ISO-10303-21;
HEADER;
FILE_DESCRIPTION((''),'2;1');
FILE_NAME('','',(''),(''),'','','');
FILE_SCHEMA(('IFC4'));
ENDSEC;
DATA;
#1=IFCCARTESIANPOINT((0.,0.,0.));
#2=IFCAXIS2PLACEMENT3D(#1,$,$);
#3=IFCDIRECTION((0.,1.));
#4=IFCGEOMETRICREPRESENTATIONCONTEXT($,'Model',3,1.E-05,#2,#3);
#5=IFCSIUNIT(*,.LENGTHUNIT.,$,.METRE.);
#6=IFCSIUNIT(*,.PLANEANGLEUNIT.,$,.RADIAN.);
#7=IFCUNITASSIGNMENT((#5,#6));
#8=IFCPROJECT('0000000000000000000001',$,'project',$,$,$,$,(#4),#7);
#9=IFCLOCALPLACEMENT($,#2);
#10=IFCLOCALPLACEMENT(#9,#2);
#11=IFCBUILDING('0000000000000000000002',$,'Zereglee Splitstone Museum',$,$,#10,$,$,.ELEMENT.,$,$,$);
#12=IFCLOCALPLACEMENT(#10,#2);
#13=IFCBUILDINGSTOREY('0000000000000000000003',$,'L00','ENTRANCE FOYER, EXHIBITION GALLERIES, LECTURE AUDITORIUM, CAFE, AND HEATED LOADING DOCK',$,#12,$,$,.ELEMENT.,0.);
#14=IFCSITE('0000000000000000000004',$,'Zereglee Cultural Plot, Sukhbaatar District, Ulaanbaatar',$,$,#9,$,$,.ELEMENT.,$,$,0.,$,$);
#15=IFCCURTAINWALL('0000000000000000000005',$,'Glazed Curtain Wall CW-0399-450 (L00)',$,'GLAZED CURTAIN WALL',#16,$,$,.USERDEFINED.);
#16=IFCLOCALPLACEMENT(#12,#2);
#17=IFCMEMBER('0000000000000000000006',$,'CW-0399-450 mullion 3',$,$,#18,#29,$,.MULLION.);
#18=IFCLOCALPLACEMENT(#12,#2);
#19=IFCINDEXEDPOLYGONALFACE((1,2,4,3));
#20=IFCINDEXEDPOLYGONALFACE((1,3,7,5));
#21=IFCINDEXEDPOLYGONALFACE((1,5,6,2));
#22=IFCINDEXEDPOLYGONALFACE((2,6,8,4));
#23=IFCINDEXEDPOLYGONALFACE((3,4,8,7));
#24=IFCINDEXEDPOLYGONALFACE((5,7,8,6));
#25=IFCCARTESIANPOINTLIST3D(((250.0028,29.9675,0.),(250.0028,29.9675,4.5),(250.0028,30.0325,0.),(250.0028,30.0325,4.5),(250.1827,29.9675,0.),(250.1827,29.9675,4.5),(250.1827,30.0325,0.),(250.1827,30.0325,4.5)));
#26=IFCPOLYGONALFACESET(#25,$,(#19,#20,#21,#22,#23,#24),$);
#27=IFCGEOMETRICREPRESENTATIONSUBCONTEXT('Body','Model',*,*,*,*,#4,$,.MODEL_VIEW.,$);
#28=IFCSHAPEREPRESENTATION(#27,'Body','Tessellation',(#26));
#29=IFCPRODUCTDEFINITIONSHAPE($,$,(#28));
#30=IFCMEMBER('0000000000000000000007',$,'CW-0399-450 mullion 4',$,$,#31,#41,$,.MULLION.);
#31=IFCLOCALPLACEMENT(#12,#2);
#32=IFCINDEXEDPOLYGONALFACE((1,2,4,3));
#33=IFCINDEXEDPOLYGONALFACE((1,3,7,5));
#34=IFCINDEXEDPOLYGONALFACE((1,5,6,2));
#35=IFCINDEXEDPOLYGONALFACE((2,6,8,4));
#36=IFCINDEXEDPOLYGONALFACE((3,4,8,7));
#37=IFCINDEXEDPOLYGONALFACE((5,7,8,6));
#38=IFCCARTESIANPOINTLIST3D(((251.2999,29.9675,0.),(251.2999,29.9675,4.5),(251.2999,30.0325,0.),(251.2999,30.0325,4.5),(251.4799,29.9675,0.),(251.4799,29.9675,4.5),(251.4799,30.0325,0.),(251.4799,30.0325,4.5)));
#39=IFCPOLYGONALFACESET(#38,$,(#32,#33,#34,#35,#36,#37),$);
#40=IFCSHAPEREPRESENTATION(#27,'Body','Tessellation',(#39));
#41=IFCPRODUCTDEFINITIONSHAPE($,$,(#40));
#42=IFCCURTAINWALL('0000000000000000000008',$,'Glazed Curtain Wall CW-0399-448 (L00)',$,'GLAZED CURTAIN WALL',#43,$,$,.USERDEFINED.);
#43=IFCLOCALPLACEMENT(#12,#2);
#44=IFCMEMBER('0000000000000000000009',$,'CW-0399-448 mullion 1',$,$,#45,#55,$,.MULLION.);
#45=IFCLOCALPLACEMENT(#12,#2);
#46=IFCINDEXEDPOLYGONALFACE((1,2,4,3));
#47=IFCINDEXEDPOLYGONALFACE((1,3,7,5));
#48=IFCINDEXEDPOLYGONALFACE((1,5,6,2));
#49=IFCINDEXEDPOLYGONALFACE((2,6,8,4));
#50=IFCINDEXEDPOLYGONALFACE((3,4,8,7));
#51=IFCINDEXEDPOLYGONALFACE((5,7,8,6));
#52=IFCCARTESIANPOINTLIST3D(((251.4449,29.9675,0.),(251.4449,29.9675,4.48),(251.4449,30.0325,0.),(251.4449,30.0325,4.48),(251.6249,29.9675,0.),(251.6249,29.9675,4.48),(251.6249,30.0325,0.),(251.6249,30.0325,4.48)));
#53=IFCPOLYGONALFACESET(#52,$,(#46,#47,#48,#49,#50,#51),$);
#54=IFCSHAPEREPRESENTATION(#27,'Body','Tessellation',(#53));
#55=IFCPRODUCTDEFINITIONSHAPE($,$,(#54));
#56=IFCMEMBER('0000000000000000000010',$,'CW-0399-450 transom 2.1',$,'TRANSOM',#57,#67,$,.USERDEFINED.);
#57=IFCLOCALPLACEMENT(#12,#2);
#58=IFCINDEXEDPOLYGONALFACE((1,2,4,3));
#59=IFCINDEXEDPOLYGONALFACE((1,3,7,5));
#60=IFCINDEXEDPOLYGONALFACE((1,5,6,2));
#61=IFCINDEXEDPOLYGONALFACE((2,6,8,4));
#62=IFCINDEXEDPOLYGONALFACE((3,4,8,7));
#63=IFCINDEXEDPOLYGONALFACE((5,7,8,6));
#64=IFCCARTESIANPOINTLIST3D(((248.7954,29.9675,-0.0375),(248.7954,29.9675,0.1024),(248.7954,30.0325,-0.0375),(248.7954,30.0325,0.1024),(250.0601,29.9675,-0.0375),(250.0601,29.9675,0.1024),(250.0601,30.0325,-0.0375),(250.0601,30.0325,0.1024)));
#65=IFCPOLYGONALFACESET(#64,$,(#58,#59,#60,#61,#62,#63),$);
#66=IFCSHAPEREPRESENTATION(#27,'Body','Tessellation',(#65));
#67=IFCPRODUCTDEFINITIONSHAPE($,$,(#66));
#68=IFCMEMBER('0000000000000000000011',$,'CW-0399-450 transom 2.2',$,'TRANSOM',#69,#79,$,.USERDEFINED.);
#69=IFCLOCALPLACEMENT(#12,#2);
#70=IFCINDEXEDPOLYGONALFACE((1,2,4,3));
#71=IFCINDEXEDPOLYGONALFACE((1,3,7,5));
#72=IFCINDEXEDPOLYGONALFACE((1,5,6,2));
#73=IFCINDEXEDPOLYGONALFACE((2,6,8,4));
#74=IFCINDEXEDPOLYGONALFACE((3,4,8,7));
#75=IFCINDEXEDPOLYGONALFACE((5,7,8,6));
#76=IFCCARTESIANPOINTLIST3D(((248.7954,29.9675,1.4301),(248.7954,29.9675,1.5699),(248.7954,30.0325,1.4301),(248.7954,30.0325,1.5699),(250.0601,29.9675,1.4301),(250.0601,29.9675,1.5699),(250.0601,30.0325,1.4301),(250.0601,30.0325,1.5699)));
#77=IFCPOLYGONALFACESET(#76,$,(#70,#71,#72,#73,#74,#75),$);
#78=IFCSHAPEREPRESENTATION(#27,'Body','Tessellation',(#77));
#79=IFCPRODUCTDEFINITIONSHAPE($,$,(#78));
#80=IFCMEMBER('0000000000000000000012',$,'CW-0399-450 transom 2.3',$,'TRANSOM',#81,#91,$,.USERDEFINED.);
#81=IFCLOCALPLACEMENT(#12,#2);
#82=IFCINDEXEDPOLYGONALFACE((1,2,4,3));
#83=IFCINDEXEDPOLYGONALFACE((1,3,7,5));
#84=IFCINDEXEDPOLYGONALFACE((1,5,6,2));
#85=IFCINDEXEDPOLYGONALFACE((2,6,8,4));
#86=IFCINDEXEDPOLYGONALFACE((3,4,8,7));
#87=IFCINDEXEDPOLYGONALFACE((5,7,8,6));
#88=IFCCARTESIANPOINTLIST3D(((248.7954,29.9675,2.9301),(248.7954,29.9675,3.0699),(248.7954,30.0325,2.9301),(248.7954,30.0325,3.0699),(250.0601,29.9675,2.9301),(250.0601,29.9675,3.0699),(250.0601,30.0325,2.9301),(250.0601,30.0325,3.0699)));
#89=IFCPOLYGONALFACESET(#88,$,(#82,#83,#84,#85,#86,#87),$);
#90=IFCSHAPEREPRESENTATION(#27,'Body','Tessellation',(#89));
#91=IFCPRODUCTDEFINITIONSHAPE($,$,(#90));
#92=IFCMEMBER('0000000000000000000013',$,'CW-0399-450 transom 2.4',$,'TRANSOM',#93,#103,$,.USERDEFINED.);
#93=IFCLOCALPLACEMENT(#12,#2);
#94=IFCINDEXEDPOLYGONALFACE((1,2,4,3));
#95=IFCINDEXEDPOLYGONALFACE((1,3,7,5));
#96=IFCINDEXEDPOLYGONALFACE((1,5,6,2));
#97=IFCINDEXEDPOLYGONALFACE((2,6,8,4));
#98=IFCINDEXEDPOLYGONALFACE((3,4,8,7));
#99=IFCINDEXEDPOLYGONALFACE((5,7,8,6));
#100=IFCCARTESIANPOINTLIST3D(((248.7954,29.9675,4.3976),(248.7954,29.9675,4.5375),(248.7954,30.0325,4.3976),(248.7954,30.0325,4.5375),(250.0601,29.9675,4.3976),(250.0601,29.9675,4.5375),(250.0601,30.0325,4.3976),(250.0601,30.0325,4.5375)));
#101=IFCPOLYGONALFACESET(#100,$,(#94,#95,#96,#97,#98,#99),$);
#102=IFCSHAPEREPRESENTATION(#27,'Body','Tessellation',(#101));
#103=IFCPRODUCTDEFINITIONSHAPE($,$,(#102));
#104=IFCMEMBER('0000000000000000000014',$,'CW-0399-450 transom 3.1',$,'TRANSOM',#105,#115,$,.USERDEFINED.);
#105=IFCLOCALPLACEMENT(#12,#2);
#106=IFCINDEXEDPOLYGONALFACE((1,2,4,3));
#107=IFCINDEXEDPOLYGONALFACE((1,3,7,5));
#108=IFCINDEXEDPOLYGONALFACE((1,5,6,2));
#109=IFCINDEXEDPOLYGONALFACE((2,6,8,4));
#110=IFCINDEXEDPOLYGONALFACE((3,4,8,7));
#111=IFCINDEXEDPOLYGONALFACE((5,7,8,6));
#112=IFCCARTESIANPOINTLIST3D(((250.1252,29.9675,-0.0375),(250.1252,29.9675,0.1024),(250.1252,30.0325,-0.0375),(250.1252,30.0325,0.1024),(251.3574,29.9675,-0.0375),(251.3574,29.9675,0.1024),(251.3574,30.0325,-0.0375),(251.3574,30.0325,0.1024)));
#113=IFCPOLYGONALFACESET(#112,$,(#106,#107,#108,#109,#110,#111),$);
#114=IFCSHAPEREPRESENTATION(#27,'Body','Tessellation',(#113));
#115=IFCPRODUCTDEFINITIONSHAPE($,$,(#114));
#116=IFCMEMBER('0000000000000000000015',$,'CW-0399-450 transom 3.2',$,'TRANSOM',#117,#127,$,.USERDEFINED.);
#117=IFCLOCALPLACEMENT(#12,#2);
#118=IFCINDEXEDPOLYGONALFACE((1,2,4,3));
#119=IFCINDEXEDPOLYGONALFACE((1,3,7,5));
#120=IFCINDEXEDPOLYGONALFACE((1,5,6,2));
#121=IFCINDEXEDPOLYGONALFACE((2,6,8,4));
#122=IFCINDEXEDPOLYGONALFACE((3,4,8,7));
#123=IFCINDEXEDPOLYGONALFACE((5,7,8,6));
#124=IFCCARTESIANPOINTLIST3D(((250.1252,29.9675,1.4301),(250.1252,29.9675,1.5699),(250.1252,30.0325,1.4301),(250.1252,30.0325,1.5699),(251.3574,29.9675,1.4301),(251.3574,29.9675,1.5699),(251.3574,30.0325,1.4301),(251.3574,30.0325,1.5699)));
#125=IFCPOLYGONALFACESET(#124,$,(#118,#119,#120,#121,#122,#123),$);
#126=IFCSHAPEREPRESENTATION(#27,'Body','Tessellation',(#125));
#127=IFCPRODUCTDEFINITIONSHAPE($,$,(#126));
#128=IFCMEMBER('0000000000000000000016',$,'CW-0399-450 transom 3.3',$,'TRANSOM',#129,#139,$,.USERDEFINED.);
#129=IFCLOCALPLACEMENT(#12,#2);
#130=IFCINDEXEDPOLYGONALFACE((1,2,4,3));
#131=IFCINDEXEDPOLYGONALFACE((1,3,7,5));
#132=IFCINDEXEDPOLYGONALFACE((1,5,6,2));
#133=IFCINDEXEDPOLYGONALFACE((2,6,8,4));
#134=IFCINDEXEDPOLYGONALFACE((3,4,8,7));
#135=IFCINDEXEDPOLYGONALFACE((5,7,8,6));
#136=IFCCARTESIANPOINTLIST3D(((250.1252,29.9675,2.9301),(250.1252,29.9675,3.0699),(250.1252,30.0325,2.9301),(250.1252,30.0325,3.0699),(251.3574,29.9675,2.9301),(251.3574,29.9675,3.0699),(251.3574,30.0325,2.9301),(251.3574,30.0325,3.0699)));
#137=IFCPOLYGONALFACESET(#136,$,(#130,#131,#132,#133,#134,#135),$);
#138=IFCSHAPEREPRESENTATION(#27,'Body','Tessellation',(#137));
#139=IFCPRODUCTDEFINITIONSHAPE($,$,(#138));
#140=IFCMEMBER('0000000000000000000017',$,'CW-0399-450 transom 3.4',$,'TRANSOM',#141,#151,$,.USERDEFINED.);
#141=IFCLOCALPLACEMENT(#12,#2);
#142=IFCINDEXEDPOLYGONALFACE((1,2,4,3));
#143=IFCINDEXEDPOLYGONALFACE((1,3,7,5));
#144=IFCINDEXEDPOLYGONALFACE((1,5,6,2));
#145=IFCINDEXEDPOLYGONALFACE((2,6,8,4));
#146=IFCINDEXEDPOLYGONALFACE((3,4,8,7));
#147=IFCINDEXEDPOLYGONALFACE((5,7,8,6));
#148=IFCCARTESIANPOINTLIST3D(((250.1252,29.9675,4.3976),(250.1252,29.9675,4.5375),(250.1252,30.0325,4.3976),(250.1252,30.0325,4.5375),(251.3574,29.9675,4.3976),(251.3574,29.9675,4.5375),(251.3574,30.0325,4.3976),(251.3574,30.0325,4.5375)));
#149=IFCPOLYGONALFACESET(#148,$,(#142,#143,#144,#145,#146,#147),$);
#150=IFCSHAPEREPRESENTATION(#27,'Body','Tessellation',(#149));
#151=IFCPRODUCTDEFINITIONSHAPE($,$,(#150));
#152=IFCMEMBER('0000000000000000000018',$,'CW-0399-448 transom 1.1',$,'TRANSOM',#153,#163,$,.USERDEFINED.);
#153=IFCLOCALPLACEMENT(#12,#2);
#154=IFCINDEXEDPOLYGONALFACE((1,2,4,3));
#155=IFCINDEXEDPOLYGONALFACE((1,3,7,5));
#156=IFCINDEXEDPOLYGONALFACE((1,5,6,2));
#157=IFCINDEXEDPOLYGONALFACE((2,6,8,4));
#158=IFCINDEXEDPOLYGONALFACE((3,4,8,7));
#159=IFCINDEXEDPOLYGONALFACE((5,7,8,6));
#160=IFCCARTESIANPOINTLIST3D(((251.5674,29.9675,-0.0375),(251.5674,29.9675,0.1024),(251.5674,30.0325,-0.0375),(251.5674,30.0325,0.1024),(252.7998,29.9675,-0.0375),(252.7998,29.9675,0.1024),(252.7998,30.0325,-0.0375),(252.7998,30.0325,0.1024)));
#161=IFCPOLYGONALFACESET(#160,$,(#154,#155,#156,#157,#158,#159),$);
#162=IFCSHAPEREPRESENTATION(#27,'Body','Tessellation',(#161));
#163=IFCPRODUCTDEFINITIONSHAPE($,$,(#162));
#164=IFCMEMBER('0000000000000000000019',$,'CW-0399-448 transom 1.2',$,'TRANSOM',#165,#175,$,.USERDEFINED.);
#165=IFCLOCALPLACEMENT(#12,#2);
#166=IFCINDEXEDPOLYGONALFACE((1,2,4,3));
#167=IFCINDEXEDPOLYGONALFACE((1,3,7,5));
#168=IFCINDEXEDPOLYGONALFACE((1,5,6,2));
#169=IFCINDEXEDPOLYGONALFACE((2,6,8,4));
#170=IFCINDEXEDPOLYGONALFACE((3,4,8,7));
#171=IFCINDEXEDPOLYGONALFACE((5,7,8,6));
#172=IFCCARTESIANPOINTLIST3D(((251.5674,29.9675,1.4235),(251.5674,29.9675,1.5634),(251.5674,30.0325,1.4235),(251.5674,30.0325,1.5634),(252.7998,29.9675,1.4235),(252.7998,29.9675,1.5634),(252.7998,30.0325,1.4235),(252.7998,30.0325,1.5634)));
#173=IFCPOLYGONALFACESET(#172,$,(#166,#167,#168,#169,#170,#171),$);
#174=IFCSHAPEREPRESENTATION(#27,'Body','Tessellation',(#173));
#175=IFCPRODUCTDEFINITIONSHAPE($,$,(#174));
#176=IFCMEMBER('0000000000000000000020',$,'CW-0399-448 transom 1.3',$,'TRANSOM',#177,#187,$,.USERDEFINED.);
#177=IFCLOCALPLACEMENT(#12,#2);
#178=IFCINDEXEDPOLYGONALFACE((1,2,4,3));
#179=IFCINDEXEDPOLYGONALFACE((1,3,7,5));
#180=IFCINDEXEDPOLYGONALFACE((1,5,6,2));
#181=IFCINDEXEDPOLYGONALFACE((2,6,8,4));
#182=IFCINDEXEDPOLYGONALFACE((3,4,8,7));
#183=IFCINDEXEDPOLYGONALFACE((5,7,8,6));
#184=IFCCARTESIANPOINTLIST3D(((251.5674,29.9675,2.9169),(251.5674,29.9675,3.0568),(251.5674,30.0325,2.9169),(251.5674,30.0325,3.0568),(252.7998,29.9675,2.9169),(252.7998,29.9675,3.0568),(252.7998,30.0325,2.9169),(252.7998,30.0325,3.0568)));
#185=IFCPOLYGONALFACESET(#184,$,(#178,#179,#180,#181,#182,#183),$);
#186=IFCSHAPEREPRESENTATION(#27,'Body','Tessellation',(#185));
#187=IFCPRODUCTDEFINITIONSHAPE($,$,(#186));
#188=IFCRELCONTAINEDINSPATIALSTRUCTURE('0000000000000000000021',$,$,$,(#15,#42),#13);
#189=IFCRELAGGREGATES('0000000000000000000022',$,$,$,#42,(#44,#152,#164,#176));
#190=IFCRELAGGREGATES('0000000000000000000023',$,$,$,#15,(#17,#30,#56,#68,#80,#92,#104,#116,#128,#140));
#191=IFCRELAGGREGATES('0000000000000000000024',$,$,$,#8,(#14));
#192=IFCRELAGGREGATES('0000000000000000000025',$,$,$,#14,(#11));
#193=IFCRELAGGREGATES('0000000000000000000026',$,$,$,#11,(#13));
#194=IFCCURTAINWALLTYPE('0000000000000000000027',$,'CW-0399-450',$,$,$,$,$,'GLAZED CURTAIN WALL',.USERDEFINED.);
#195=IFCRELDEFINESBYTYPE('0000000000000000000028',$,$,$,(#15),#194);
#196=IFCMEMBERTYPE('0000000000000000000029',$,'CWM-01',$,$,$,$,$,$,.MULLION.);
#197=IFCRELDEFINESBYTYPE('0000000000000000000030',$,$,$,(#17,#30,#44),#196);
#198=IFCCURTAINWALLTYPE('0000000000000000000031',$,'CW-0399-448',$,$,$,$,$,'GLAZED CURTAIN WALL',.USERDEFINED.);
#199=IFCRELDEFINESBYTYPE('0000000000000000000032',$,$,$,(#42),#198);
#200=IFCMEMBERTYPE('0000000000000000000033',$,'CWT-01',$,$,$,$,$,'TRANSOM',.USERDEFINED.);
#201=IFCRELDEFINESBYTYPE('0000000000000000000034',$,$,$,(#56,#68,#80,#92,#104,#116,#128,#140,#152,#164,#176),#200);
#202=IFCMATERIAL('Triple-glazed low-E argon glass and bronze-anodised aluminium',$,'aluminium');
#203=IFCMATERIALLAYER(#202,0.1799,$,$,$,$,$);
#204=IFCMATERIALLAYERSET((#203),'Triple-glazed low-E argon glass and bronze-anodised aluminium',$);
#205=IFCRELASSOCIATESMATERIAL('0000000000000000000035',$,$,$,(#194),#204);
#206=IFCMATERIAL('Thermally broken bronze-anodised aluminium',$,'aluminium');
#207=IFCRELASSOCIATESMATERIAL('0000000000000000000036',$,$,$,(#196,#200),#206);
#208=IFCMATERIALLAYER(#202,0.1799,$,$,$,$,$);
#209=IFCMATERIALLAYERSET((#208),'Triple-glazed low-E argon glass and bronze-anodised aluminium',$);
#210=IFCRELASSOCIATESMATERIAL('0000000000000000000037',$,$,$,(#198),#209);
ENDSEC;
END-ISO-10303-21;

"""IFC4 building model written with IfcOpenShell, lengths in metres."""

from ifc_helpers import new_model, si_unit, direction, frame, origin, origin_2d, place, context, subcontext, project, spatial, rectangle, extrude, material, layer, layer_set, material_profile, profile_set, type_object, element, aggregate, save


model = new_model("IFC4")

# Units and contexts
model_context = context("Model", 3, precision=1e-05, world=origin(), true_north=direction((0.0, 1.0)))
body_context = subcontext(model_context, "Body", "Model", "MODEL_VIEW")
ifc_project = project(units=[si_unit("LENGTHUNIT", "METRE"), si_unit("PLANEANGLEUNIT", "RADIAN")], contexts=[model_context])

# Site, building, storey
site_placement = place(None, origin())
site = spatial("IfcSite", under=ifc_project, at=site_placement, Name="Zereglee Cultural Plot, Sukhbaatar District, Ulaanbaatar", CompositionType="ELEMENT", RefElevation=0.0)
building_placement = place(site_placement, origin())
building = spatial("IfcBuilding", under=site, at=building_placement, Name="Zereglee Splitstone Museum", CompositionType="ELEMENT")
storey_placement = place(building_placement, origin())
storey = spatial("IfcBuildingStorey", under=building, at=storey_placement, Name="L00", Description="ENTRANCE FOYER, EXHIBITION GALLERIES, LECTURE AUDITORIUM, CAFE, AND HEATED LOADING DOCK", CompositionType="ELEMENT", Elevation=0.0)

# Curtain wall, members
ifc_material_1 = material(Name="Triple-glazed low-E argon glass and bronze-anodised aluminium", Category="aluminium")
ifc_layer_1 = layer(ifc_material_1, 0.1799)
ifc_layer_set_1 = layer_set([ifc_layer_1], Name="Triple-glazed low-E argon glass and bronze-anodised aluminium")
curtain_wall_type_1 = type_object("IfcCurtainWallType", Name="CW-0399-450", ElementType="GLAZED CURTAIN WALL", PredefinedType="USERDEFINED", material=ifc_layer_set_1)
curtain_wall_1_placement = place(storey_placement, origin())
curtain_wall_1 = element("IfcCurtainWall", 1, at=curtain_wall_1_placement, inside=storey, type_object=curtain_wall_type_1, Name="Glazed Curtain Wall CW-0399-450 (L00)", ObjectType="GLAZED CURTAIN WALL", PredefinedType="USERDEFINED")
ifc_material_2 = material(Name="Thermally broken bronze-anodised aluminium", Category="aluminium")
ifc_material_profile_1 = material_profile(ifc_material_2, rectangle(XDim=0.0649, YDim=0.1799, at=origin_2d()), Name="CW MULL 65x180")
ifc_profile_set_1 = profile_set([ifc_material_profile_1], Name="Thermally broken bronze-anodised aluminium")
member_type_1 = type_object("IfcMemberType", Name="CWM-01", PredefinedType="MULLION", material=ifc_profile_set_1)
member_1_placement = place(storey_placement, frame((250.0928, 30.0, 0.0), z_axis=(0.0, 0.0, 1.0), x_axis=(0.0, 1.0, 0.0)))
member_1 = element("IfcMember", 2, at=member_1_placement, type_object=member_type_1, Name="CW-0399-450 mullion 3", PredefinedType="MULLION", context=body_context, shape_type="SweptSolid", body=[
    extrude(rectangle(XDim=0.0649, YDim=0.1799, at=origin_2d()), origin(), (0.0, 0.0, 1.0), 4.5),
])
member_2_placement = place(storey_placement, frame((251.3899, 30.0, 0.0), z_axis=(0.0, 0.0, 1.0), x_axis=(0.0, 1.0, 0.0)))
member_2 = element("IfcMember", 3, at=member_2_placement, type_object=member_type_1, Name="CW-0399-450 mullion 4", PredefinedType="MULLION", context=body_context, shape_type="SweptSolid", body=[
    extrude(rectangle(XDim=0.0649, YDim=0.1799, at=origin_2d()), origin(), (0.0, 0.0, 1.0), 4.5),
])

# Curtain wall, member
ifc_layer_2 = layer(ifc_material_1, 0.1799)
ifc_layer_set_2 = layer_set([ifc_layer_2], Name="Triple-glazed low-E argon glass and bronze-anodised aluminium")
curtain_wall_type_2 = type_object("IfcCurtainWallType", Name="CW-0399-448", ElementType="GLAZED CURTAIN WALL", PredefinedType="USERDEFINED", material=ifc_layer_set_2)
curtain_wall_2_placement = place(storey_placement, origin())
curtain_wall_2 = element("IfcCurtainWall", 4, at=curtain_wall_2_placement, inside=storey, type_object=curtain_wall_type_2, Name="Glazed Curtain Wall CW-0399-448 (L00)", ObjectType="GLAZED CURTAIN WALL", PredefinedType="USERDEFINED")
member_3_placement = place(storey_placement, frame((251.5349, 30.0, 0.0), z_axis=(0.0, 0.0, 1.0), x_axis=(0.0, 1.0, 0.0)))
member_3 = element("IfcMember", 5, at=member_3_placement, type_object=member_type_1, Name="CW-0399-448 mullion 1", PredefinedType="MULLION", context=body_context, shape_type="SweptSolid", body=[
    extrude(rectangle(XDim=0.0649, YDim=0.1799, at=origin_2d()), origin(), (0.0, 0.0, 1.0), 4.48),
])

# Members
ifc_material_profile_2 = material_profile(ifc_material_2, rectangle(XDim=0.0649, YDim=0.1399, at=origin_2d()), Name="CW TRAN 65x140")
ifc_profile_set_2 = profile_set([ifc_material_profile_2], Name="Thermally broken bronze-anodised aluminium")
member_type_2 = type_object("IfcMemberType", Name="CWT-01", ElementType="TRANSOM", PredefinedType="USERDEFINED", material=ifc_profile_set_2)
member_4_placement = place(storey_placement, frame((248.7954, 30.0, 0.0325), z_axis=(1.0, 0.0, 0.0), x_axis=(0.0, 1.0, 0.0)))
member_4 = element("IfcMember", 6, at=member_4_placement, type_object=member_type_2, Name="CW-0399-450 transom 2.1", ObjectType="TRANSOM", PredefinedType="USERDEFINED", context=body_context, shape_type="SweptSolid", body=[
    extrude(rectangle(XDim=0.0649, YDim=0.1399, at=origin_2d()), origin(), (0.0, 0.0, 1.0), 1.2646),
])
member_5_placement = place(storey_placement, frame((248.7954, 30.0, 1.5), z_axis=(1.0, 0.0, 0.0), x_axis=(0.0, 1.0, 0.0)))
member_5 = element("IfcMember", 7, at=member_5_placement, type_object=member_type_2, Name="CW-0399-450 transom 2.2", ObjectType="TRANSOM", PredefinedType="USERDEFINED", context=body_context, shape_type="SweptSolid", body=[
    extrude(rectangle(XDim=0.0649, YDim=0.1399, at=origin_2d()), origin(), (0.0, 0.0, 1.0), 1.2646),
])
member_6_placement = place(storey_placement, frame((248.7954, 30.0, 3.0), z_axis=(1.0, 0.0, 0.0), x_axis=(0.0, 1.0, 0.0)))
member_6 = element("IfcMember", 8, at=member_6_placement, type_object=member_type_2, Name="CW-0399-450 transom 2.3", ObjectType="TRANSOM", PredefinedType="USERDEFINED", context=body_context, shape_type="SweptSolid", body=[
    extrude(rectangle(XDim=0.0649, YDim=0.1399, at=origin_2d()), origin(), (0.0, 0.0, 1.0), 1.2646),
])
member_7_placement = place(storey_placement, frame((248.7954, 30.0, 4.4675), z_axis=(1.0, 0.0, 0.0), x_axis=(0.0, 1.0, 0.0)))
member_7 = element("IfcMember", 9, at=member_7_placement, type_object=member_type_2, Name="CW-0399-450 transom 2.4", ObjectType="TRANSOM", PredefinedType="USERDEFINED", context=body_context, shape_type="SweptSolid", body=[
    extrude(rectangle(XDim=0.0649, YDim=0.1399, at=origin_2d()), origin(), (0.0, 0.0, 1.0), 1.2646),
])
member_8_placement = place(storey_placement, frame((250.1252, 30.0, 0.0325), z_axis=(1.0, 0.0, 0.0), x_axis=(0.0, 1.0, 0.0)))
member_8 = element("IfcMember", 10, at=member_8_placement, type_object=member_type_2, Name="CW-0399-450 transom 3.1", ObjectType="TRANSOM", PredefinedType="USERDEFINED", context=body_context, shape_type="SweptSolid", body=[
    extrude(rectangle(XDim=0.0649, YDim=0.1399, at=origin_2d()), origin(), (0.0, 0.0, 1.0), 1.2322),
])
member_9_placement = place(storey_placement, frame((250.1252, 30.0, 1.5), z_axis=(1.0, 0.0, 0.0), x_axis=(0.0, 1.0, 0.0)))
member_9 = element("IfcMember", 11, at=member_9_placement, type_object=member_type_2, Name="CW-0399-450 transom 3.2", ObjectType="TRANSOM", PredefinedType="USERDEFINED", context=body_context, shape_type="SweptSolid", body=[
    extrude(rectangle(XDim=0.0649, YDim=0.1399, at=origin_2d()), origin(), (0.0, 0.0, 1.0), 1.2322),
])
member_10_placement = place(storey_placement, frame((250.1252, 30.0, 3.0), z_axis=(1.0, 0.0, 0.0), x_axis=(0.0, 1.0, 0.0)))
member_10 = element("IfcMember", 12, at=member_10_placement, type_object=member_type_2, Name="CW-0399-450 transom 3.3", ObjectType="TRANSOM", PredefinedType="USERDEFINED", context=body_context, shape_type="SweptSolid", body=[
    extrude(rectangle(XDim=0.0649, YDim=0.1399, at=origin_2d()), origin(), (0.0, 0.0, 1.0), 1.2322),
])
member_11_placement = place(storey_placement, frame((250.1252, 30.0, 4.4675), z_axis=(1.0, 0.0, 0.0), x_axis=(0.0, 1.0, 0.0)))
member_11 = element("IfcMember", 13, at=member_11_placement, type_object=member_type_2, Name="CW-0399-450 transom 3.4", ObjectType="TRANSOM", PredefinedType="USERDEFINED", context=body_context, shape_type="SweptSolid", body=[
    extrude(rectangle(XDim=0.0649, YDim=0.1399, at=origin_2d()), origin(), (0.0, 0.0, 1.0), 1.2322),
])
member_12_placement = place(storey_placement, frame((251.5674, 30.0, 0.0325), z_axis=(1.0, 0.0, 0.0), x_axis=(0.0, 1.0, 0.0)))
member_12 = element("IfcMember", 14, at=member_12_placement, type_object=member_type_2, Name="CW-0399-448 transom 1.1", ObjectType="TRANSOM", PredefinedType="USERDEFINED", context=body_context, shape_type="SweptSolid", body=[
    extrude(rectangle(XDim=0.0649, YDim=0.1399, at=origin_2d()), origin(), (0.0, 0.0, 1.0), 1.2324),
])
member_13_placement = place(storey_placement, frame((251.5674, 30.0, 1.4934), z_axis=(1.0, 0.0, 0.0), x_axis=(0.0, 1.0, 0.0)))
member_13 = element("IfcMember", 15, at=member_13_placement, type_object=member_type_2, Name="CW-0399-448 transom 1.2", ObjectType="TRANSOM", PredefinedType="USERDEFINED", context=body_context, shape_type="SweptSolid", body=[
    extrude(rectangle(XDim=0.0649, YDim=0.1399, at=origin_2d()), origin(), (0.0, 0.0, 1.0), 1.2324),
])
member_14_placement = place(storey_placement, frame((251.5674, 30.0, 2.9868), z_axis=(1.0, 0.0, 0.0), x_axis=(0.0, 1.0, 0.0)))
member_14 = element("IfcMember", 16, at=member_14_placement, type_object=member_type_2, Name="CW-0399-448 transom 1.3", ObjectType="TRANSOM", PredefinedType="USERDEFINED", context=body_context, shape_type="SweptSolid", body=[
    extrude(rectangle(XDim=0.0649, YDim=0.1399, at=origin_2d()), origin(), (0.0, 0.0, 1.0), 1.2324),
])
aggregate(curtain_wall_2, [member_3, member_12, member_13, member_14])

aggregate(curtain_wall_1, [member_1, member_2, member_4, member_5, member_6, member_7, member_8, member_9, member_10, member_11])

save(model, "model.ifc")
